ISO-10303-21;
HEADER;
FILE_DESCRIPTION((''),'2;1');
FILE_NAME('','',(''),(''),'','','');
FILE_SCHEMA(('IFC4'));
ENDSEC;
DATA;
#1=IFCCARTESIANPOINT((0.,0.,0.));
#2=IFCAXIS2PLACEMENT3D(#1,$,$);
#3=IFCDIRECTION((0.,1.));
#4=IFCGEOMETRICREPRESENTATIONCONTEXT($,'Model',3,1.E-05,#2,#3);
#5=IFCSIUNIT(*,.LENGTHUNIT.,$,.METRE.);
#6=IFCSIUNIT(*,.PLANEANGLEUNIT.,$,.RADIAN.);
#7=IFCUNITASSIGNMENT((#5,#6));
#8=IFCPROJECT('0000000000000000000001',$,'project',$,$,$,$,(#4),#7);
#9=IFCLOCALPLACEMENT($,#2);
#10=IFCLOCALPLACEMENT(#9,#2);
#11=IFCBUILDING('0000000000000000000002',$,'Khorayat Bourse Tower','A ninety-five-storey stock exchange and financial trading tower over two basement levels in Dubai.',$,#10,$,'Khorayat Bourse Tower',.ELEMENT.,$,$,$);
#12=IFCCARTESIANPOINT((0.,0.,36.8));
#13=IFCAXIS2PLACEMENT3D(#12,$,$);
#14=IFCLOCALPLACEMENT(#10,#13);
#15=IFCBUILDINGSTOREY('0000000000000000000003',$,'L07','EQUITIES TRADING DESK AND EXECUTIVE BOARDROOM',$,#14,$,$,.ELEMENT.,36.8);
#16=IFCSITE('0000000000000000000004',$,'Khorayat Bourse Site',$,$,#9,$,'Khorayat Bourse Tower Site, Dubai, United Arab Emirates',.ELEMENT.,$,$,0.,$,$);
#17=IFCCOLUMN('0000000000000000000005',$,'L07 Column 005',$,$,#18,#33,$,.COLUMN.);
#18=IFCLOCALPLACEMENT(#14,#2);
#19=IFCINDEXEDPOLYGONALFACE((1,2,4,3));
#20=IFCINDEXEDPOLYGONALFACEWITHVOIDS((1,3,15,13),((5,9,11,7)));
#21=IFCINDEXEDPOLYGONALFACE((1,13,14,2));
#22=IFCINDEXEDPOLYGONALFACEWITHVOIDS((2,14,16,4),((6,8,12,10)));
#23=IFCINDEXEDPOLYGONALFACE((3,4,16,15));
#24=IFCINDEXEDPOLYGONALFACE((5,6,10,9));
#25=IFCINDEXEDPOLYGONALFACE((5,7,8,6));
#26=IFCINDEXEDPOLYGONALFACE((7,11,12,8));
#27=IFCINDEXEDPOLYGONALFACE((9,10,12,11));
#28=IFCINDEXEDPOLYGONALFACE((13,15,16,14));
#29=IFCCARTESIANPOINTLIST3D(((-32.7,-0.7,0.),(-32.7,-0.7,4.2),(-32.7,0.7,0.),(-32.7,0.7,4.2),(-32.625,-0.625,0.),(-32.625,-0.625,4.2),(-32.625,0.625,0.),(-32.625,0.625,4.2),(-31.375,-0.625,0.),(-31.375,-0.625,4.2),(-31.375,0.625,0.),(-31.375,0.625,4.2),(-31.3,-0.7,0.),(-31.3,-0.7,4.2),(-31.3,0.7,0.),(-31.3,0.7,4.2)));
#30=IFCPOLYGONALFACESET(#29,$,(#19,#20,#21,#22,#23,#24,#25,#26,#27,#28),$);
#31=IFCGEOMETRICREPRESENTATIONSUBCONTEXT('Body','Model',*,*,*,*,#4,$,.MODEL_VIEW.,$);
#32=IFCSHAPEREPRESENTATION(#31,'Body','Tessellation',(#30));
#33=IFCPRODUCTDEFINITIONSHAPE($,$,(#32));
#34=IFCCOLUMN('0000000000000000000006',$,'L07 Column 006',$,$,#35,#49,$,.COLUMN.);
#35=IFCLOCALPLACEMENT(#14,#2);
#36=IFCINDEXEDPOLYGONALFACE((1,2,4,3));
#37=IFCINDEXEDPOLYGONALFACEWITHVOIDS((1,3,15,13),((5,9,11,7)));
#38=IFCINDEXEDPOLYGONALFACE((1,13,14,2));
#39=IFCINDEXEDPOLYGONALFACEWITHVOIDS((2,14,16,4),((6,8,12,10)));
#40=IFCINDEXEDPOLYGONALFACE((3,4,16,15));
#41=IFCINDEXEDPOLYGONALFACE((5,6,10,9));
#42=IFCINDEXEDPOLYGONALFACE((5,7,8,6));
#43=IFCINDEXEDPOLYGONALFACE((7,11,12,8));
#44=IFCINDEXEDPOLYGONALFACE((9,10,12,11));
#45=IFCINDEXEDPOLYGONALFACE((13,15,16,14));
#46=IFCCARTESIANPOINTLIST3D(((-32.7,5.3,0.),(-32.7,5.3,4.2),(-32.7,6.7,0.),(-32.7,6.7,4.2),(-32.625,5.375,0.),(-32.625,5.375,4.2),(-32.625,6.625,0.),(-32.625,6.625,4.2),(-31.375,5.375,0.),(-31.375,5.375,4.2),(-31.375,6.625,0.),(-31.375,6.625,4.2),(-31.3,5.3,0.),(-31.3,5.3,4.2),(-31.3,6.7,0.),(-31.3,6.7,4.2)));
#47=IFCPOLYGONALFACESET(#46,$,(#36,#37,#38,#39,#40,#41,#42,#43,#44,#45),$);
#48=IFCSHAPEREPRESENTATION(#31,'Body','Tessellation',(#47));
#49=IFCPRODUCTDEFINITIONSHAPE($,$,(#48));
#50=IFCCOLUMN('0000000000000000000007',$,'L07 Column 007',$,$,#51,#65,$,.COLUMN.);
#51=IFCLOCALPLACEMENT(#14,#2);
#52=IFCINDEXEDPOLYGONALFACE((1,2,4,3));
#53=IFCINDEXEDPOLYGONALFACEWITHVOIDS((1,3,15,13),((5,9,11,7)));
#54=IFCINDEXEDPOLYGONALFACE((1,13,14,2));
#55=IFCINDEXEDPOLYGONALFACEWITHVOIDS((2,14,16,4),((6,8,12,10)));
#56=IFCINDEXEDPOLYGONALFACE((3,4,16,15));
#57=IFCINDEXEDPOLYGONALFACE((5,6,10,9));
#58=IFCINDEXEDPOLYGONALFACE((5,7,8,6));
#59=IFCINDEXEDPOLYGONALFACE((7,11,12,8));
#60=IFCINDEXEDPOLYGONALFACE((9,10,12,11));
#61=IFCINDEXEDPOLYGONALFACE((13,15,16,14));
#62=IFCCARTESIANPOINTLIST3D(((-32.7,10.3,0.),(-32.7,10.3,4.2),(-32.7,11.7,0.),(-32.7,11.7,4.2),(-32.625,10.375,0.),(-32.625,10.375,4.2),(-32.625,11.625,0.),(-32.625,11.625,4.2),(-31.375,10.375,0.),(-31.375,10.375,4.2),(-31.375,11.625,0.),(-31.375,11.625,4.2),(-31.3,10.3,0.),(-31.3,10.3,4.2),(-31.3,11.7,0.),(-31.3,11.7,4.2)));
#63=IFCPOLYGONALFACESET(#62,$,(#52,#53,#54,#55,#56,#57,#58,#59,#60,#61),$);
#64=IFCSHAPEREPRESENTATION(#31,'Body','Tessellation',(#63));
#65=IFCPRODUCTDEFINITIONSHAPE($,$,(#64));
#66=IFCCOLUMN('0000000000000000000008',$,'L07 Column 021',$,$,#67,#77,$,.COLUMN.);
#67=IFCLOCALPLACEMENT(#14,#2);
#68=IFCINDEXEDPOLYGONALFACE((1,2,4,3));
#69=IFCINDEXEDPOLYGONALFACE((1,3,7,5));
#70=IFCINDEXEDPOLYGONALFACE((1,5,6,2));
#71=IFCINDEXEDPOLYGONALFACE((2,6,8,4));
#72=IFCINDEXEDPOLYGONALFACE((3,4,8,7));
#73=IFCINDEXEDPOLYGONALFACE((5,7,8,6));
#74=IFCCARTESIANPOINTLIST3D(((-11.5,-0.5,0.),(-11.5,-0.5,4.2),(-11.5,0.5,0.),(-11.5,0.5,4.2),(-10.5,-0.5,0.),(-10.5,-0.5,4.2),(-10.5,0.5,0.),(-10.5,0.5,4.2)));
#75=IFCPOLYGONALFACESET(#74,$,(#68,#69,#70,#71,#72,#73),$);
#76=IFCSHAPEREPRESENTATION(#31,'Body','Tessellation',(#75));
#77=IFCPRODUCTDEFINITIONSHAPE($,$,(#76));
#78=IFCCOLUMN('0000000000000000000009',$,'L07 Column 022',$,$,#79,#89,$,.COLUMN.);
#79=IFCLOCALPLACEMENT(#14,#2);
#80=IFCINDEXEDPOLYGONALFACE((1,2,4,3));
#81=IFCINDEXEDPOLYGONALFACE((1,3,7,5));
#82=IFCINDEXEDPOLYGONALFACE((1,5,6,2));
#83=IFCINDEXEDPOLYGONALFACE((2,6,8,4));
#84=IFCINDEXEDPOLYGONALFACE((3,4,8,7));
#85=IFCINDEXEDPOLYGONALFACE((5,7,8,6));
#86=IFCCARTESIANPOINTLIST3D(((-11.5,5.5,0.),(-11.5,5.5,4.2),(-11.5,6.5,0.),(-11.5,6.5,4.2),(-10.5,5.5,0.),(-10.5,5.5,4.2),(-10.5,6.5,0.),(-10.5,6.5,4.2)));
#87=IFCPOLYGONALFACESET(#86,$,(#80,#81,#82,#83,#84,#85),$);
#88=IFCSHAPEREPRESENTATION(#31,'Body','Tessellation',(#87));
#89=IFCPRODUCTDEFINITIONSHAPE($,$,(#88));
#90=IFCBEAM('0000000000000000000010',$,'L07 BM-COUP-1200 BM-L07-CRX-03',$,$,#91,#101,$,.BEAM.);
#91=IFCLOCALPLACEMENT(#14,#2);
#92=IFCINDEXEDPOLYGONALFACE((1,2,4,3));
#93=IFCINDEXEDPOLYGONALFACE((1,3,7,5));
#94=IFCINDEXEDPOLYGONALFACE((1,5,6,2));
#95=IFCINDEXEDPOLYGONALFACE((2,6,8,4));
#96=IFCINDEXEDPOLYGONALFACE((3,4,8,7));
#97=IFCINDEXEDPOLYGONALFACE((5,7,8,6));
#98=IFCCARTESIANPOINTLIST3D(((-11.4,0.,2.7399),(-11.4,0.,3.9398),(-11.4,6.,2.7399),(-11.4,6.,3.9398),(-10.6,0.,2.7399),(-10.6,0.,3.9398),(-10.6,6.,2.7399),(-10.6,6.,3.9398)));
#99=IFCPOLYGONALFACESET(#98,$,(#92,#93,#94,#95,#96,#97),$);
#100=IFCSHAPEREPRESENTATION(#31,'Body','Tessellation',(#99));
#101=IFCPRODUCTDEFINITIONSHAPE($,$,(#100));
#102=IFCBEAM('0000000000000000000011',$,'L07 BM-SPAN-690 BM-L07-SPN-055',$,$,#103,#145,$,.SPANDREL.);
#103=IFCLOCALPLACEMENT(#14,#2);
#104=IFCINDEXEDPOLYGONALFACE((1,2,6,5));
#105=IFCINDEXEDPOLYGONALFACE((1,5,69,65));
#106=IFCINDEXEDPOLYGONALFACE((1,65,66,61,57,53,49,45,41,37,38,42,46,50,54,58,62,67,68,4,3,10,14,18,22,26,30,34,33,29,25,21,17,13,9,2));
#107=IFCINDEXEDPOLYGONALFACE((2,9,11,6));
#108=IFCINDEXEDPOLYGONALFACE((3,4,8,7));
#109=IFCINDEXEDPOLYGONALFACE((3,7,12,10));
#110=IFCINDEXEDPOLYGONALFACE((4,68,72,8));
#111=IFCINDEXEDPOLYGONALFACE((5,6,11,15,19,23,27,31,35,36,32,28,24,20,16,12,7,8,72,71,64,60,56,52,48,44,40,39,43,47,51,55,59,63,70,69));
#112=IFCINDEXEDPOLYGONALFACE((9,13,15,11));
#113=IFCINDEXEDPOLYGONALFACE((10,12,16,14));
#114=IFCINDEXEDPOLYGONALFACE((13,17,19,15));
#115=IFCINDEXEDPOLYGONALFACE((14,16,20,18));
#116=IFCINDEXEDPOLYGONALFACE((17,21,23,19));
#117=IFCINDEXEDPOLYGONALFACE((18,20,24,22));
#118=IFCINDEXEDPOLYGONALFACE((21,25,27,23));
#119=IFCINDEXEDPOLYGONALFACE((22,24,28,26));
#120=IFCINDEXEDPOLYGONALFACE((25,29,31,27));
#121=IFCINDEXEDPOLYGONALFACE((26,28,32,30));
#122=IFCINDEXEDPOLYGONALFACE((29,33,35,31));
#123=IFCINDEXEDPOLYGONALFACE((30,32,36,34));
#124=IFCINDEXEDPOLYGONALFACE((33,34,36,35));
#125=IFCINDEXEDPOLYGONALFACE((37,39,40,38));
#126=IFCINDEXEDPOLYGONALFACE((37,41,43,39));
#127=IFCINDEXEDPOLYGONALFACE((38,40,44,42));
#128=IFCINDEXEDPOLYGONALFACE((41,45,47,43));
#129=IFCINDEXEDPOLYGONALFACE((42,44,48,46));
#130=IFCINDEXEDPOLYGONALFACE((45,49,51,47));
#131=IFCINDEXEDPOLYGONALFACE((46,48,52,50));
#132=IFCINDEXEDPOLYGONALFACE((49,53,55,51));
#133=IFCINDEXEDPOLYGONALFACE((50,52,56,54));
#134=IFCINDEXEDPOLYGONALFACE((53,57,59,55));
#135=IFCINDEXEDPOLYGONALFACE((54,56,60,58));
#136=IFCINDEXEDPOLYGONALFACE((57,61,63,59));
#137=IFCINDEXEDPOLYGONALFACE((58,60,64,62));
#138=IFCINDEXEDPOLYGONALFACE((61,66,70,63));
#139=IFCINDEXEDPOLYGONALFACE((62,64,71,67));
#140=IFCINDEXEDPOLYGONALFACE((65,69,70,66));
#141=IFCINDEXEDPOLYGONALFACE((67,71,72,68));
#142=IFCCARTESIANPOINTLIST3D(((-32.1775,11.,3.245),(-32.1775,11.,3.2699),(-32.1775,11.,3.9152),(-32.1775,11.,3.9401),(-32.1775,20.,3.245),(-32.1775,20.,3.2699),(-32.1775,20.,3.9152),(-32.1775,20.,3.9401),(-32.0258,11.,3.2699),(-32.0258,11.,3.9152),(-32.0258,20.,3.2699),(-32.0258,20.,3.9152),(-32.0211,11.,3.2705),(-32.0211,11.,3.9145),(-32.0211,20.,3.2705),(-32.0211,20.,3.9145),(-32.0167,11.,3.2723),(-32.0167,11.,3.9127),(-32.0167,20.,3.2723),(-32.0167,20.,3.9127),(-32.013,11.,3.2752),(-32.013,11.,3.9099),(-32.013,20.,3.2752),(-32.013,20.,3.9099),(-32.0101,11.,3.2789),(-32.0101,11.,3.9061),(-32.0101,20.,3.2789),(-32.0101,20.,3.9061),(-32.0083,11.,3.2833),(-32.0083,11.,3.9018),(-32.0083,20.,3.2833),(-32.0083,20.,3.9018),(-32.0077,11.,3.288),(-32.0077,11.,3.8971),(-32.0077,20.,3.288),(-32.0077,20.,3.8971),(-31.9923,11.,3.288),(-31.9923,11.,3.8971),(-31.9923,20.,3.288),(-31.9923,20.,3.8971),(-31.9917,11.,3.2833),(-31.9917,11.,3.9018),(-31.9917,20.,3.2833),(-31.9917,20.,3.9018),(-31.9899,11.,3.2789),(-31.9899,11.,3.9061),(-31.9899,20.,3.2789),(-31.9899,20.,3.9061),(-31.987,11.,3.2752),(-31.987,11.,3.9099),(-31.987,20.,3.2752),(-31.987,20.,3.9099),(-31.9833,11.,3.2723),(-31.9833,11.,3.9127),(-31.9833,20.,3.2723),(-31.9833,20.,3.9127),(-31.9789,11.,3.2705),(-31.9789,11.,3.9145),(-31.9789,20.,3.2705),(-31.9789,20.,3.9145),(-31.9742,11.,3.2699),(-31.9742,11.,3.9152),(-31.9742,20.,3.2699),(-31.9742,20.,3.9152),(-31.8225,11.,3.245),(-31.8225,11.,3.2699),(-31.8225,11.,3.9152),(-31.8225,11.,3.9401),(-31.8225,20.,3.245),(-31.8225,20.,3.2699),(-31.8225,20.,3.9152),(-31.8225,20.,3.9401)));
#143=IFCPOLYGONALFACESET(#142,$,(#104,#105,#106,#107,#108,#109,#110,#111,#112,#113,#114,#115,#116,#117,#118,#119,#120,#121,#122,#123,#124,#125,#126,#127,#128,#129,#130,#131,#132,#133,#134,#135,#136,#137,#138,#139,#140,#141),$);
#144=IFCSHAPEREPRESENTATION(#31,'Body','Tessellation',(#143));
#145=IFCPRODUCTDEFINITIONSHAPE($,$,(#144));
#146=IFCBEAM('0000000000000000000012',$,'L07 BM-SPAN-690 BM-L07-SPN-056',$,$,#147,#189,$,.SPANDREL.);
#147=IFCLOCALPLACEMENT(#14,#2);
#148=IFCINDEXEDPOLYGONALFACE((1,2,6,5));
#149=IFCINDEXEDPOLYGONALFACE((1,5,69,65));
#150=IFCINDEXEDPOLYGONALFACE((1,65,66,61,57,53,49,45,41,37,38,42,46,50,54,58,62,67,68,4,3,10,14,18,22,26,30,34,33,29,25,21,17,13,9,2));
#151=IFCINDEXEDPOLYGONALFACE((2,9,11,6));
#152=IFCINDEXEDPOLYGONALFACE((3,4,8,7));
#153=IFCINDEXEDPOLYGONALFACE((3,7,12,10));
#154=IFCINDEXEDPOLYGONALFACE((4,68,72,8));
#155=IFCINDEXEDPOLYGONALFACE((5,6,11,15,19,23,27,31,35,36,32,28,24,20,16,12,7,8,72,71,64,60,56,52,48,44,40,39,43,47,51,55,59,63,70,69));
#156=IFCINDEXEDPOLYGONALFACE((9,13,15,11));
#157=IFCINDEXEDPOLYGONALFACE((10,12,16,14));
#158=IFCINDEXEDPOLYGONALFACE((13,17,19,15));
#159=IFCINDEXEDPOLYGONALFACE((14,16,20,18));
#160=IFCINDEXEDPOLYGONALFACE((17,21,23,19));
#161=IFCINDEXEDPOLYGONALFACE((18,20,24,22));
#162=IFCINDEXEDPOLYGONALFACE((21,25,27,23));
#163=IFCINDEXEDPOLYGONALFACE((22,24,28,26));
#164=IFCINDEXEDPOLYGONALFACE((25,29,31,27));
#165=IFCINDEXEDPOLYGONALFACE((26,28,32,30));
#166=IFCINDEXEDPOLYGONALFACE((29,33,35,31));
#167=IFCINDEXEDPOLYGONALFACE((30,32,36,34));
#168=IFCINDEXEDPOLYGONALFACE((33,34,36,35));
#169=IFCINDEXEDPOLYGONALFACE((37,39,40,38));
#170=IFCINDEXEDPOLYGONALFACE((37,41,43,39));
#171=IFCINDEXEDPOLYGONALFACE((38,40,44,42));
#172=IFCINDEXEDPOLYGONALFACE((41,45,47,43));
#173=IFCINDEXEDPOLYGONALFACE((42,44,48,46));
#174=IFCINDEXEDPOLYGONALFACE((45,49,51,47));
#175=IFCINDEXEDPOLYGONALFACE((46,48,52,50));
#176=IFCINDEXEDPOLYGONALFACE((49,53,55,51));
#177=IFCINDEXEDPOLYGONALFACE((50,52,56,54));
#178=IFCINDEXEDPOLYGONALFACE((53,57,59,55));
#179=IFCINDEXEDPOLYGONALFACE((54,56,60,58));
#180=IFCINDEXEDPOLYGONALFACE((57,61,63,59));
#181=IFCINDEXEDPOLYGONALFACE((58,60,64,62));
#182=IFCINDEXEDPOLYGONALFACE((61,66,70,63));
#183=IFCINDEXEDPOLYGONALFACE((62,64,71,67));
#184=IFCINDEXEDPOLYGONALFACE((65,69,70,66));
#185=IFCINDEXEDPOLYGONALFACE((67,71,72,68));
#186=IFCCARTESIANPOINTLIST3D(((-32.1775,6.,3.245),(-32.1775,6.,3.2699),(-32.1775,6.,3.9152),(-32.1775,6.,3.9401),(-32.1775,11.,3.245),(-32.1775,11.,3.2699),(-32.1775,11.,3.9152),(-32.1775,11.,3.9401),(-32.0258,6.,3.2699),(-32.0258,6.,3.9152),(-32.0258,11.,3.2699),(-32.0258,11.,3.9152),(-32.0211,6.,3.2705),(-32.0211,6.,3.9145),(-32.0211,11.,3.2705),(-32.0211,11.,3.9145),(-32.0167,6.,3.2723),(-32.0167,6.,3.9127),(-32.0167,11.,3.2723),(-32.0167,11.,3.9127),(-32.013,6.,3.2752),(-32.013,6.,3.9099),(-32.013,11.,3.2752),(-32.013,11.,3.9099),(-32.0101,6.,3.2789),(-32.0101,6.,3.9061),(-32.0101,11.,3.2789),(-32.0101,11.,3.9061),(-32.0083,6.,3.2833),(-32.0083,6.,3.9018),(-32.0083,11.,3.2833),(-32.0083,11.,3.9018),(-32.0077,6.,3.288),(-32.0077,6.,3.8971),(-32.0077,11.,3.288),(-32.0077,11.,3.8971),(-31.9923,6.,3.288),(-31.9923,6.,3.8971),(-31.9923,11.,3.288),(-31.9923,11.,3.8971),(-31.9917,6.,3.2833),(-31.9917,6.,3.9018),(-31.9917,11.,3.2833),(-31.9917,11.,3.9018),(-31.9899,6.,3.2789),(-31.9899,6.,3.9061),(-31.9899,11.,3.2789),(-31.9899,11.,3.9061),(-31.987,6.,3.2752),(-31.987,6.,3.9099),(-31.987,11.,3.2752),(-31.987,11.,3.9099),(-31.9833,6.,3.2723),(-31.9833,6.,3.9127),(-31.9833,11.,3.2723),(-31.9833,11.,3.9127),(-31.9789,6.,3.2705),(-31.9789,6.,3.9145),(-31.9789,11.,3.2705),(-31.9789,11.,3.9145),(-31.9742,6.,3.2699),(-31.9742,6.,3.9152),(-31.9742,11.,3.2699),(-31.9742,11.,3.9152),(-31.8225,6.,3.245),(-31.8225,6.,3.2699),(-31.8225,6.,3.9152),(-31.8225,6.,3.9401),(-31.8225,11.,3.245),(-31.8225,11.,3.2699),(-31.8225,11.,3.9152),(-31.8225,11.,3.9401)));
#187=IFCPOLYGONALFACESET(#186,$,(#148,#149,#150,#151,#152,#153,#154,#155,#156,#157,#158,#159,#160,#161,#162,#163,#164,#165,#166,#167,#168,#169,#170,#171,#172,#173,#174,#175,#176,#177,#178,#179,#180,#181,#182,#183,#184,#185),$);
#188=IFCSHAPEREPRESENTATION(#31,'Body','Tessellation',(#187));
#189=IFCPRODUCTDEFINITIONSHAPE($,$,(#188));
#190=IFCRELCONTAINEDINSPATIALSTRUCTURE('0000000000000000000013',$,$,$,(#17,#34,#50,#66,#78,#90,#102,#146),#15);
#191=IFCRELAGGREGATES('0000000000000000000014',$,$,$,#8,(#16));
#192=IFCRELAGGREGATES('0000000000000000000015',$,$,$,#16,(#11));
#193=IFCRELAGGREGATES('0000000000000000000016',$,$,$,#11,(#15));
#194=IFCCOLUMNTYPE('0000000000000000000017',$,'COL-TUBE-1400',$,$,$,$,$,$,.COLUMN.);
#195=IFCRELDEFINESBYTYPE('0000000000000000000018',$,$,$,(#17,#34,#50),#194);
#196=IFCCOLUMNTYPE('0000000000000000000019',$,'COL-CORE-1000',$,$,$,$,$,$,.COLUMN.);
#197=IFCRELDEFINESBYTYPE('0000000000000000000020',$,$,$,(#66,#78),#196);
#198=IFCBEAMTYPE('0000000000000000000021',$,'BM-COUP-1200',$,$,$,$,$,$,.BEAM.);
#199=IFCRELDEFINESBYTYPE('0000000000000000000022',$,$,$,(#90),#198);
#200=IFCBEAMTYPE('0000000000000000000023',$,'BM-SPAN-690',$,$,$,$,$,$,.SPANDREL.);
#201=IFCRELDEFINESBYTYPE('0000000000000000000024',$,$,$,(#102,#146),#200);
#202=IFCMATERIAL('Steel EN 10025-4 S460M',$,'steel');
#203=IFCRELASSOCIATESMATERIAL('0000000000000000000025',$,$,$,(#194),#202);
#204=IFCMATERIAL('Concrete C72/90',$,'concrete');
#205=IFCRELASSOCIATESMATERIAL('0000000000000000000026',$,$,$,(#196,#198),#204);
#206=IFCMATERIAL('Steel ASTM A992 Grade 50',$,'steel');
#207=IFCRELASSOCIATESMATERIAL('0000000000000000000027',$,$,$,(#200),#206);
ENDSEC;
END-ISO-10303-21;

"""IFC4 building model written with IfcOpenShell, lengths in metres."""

from ifc_helpers import new_model, si_unit, direction, frame, origin, origin_2d, place, context, subcontext, project, spatial, rectangle, hollow_rectangle, i_section, extrude, source, transform, mapped, material, material_profile, profile_set, type_object, element, save


model = new_model("IFC4")

# Units and contexts
model_context = context("Model", 3, precision=1e-05, world=origin(), true_north=direction((0.0, 1.0)))
body_context = subcontext(model_context, "Body", "Model", "MODEL_VIEW")
ifc_project = project(units=[si_unit("LENGTHUNIT", "METRE"), si_unit("PLANEANGLEUNIT", "RADIAN")], contexts=[model_context])

# Site, building, storey
site_placement = place(None, origin())
site = spatial("IfcSite", under=ifc_project, at=site_placement, Name="Khorayat Bourse Site", LongName="Khorayat Bourse Tower Site, Dubai, United Arab Emirates", CompositionType="ELEMENT", RefElevation=0.0)
building_placement = place(site_placement, origin())
building = spatial("IfcBuilding", under=site, at=building_placement, Name="Khorayat Bourse Tower", Description="A ninety-five-storey stock exchange and financial trading tower over two basement levels in Dubai.", LongName="Khorayat Bourse Tower", CompositionType="ELEMENT")
storey_placement = place(building_placement, frame((0.0, 0.0, 36.8)))
storey = spatial("IfcBuildingStorey", under=building, at=storey_placement, Name="L07", Description="EQUITIES TRADING DESK AND EXECUTIVE BOARDROOM", CompositionType="ELEMENT", Elevation=36.8)

# Columns
ifc_material_1 = material(Name="Steel EN 10025-4 S460M", Category="steel")
ifc_material_profile_1 = material_profile(ifc_material_1, hollow_rectangle(XDim=1.3999, YDim=1.3999, WallThickness=0.075, at=origin_2d()), Name="BOX 1400x1400x75")
ifc_profile_set_1 = profile_set([ifc_material_profile_1], Name="Steel EN 10025-4 S460M")
column_type_1 = type_object("IfcColumnType", Name="COL-TUBE-1400", PredefinedType="COLUMN", material=ifc_profile_set_1)
shared_shape_1 = source(origin(), body_context, "Body", "SweptSolid", [
    extrude(hollow_rectangle(XDim=1.3999, YDim=1.3999, WallThickness=0.075, at=origin_2d()), origin(), (0.0, 0.0, 1.0), 4.2),
])
for number, where, z_axis, x_axis, name in (
    (1, (-32.0, 0.0, 0.0), (0.0, 0.0, 1.0), (1.0, 0.0, 0.0), "L07 Column 005"),
    (2, (-32.0, 6.0, 0.0), (0.0, 0.0, 1.0), (1.0, 0.0, 0.0), "L07 Column 006"),
    (3, (-32.0, 11.0, 0.0), (0.0, 0.0, 1.0), (1.0, 0.0, 0.0), "L07 Column 007"),
):
    element("IfcColumn", number, at=place(storey_placement, frame(where, z_axis=z_axis, x_axis=x_axis)), inside=storey, type_object=column_type_1, Name=name, PredefinedType="COLUMN", context=body_context, shape_type="MappedRepresentation", body=[
        mapped(shared_shape_1, transform((0.0, 0.0, 0.0), scale=1.0)),
    ])
ifc_material_2 = material(Name="Concrete C72/90", Category="concrete")
ifc_material_profile_2 = material_profile(ifc_material_2, rectangle(XDim=1.0, YDim=1.0, at=origin_2d()), Name="RC 1000x1000")
ifc_profile_set_2 = profile_set([ifc_material_profile_2], Name="Concrete C72/90")
column_type_2 = type_object("IfcColumnType", Name="COL-CORE-1000", PredefinedType="COLUMN", material=ifc_profile_set_2)
shared_shape_2 = source(origin(), body_context, "Body", "SweptSolid", [
    extrude(rectangle(XDim=1.0, YDim=1.0, at=origin_2d()), origin(), (0.0, 0.0, 1.0), 4.2),
])
for number, where, z_axis, x_axis, name in (
    (4, (-11.0, 0.0, 0.0), (0.0, 0.0, 1.0), (1.0, 0.0, 0.0), "L07 Column 021"),
    (5, (-11.0, 6.0, 0.0), (0.0, 0.0, 1.0), (1.0, 0.0, 0.0), "L07 Column 022"),
):
    element("IfcColumn", number, at=place(storey_placement, frame(where, z_axis=z_axis, x_axis=x_axis)), inside=storey, type_object=column_type_2, Name=name, PredefinedType="COLUMN", context=body_context, shape_type="MappedRepresentation", body=[
        mapped(shared_shape_2, transform((0.0, 0.0, 0.0), scale=1.0)),
    ])

# Beams
ifc_material_profile_3 = material_profile(ifc_material_2, rectangle(XDim=0.8, YDim=1.2, at=origin_2d()), Name="RC 800x1200")
ifc_profile_set_3 = profile_set([ifc_material_profile_3], Name="Concrete C72/90")
beam_type_1 = type_object("IfcBeamType", Name="BM-COUP-1200", PredefinedType="BEAM", material=ifc_profile_set_3)
shared_shape_3 = source(origin(), body_context, "Body", "SweptSolid", [
    extrude(rectangle(XDim=0.8, YDim=1.2, at=origin_2d()), origin(), (0.0, 0.0, 1.0), 6.0),
])
beam_1_placement = place(storey_placement, frame((-11.0, 0.0, 3.3398), z_axis=(0.0, 1.0, 0.0), x_axis=(-1.0, 0.0, 0.0)))
element("IfcBeam", 6, at=beam_1_placement, inside=storey, type_object=beam_type_1, Name="L07 BM-COUP-1200 BM-L07-CRX-03", PredefinedType="BEAM", context=body_context, shape_type="MappedRepresentation", body=[
    mapped(shared_shape_3, transform((0.0, 0.0, 0.0), scale=1.0)),
])
ifc_material_3 = material(Name="Steel ASTM A992 Grade 50", Category="steel")
ifc_material_profile_4 = material_profile(ifc_material_3, i_section(OverallWidth=0.355, OverallDepth=0.6951, WebThickness=0.0154, FlangeThickness=0.0249, FilletRadius=0.0181, at=origin_2d()), Name="W690X217")
ifc_profile_set_4 = profile_set([ifc_material_profile_4], Name="Steel ASTM A992 Grade 50")
beam_type_2 = type_object("IfcBeamType", Name="BM-SPAN-690", PredefinedType="SPANDREL", material=ifc_profile_set_4)
shared_shape_4 = source(origin(), body_context, "Body", "SweptSolid", [
    extrude(i_section(OverallWidth=0.355, OverallDepth=0.6951, WebThickness=0.0154, FlangeThickness=0.0249, FilletRadius=0.0181, at=origin_2d()), origin(), (0.0, 0.0, 1.0), 9.0),
])
beam_2_placement = place(storey_placement, frame((-32.0, 11.0, 3.5925), z_axis=(0.0, 1.0, 0.0), x_axis=(-1.0, 0.0, 0.0)))
element("IfcBeam", 7, at=beam_2_placement, inside=storey, type_object=beam_type_2, Name="L07 BM-SPAN-690 BM-L07-SPN-055", PredefinedType="SPANDREL", context=body_context, shape_type="MappedRepresentation", body=[
    mapped(shared_shape_4, transform((0.0, 0.0, 0.0), scale=1.0)),
])
shared_shape_5 = source(origin(), body_context, "Body", "SweptSolid", [
    extrude(i_section(OverallWidth=0.355, OverallDepth=0.6951, WebThickness=0.0154, FlangeThickness=0.0249, FilletRadius=0.0181, at=origin_2d()), origin(), (0.0, 0.0, 1.0), 5.0),
])
beam_3_placement = place(storey_placement, frame((-32.0, 6.0, 3.5925), z_axis=(0.0, 1.0, 0.0), x_axis=(-1.0, 0.0, 0.0)))
element("IfcBeam", 8, at=beam_3_placement, inside=storey, type_object=beam_type_2, Name="L07 BM-SPAN-690 BM-L07-SPN-056", PredefinedType="SPANDREL", context=body_context, shape_type="MappedRepresentation", body=[
    mapped(shared_shape_5, transform((0.0, 0.0, 0.0), scale=1.0)),
])

save(model, "model.ifc")
